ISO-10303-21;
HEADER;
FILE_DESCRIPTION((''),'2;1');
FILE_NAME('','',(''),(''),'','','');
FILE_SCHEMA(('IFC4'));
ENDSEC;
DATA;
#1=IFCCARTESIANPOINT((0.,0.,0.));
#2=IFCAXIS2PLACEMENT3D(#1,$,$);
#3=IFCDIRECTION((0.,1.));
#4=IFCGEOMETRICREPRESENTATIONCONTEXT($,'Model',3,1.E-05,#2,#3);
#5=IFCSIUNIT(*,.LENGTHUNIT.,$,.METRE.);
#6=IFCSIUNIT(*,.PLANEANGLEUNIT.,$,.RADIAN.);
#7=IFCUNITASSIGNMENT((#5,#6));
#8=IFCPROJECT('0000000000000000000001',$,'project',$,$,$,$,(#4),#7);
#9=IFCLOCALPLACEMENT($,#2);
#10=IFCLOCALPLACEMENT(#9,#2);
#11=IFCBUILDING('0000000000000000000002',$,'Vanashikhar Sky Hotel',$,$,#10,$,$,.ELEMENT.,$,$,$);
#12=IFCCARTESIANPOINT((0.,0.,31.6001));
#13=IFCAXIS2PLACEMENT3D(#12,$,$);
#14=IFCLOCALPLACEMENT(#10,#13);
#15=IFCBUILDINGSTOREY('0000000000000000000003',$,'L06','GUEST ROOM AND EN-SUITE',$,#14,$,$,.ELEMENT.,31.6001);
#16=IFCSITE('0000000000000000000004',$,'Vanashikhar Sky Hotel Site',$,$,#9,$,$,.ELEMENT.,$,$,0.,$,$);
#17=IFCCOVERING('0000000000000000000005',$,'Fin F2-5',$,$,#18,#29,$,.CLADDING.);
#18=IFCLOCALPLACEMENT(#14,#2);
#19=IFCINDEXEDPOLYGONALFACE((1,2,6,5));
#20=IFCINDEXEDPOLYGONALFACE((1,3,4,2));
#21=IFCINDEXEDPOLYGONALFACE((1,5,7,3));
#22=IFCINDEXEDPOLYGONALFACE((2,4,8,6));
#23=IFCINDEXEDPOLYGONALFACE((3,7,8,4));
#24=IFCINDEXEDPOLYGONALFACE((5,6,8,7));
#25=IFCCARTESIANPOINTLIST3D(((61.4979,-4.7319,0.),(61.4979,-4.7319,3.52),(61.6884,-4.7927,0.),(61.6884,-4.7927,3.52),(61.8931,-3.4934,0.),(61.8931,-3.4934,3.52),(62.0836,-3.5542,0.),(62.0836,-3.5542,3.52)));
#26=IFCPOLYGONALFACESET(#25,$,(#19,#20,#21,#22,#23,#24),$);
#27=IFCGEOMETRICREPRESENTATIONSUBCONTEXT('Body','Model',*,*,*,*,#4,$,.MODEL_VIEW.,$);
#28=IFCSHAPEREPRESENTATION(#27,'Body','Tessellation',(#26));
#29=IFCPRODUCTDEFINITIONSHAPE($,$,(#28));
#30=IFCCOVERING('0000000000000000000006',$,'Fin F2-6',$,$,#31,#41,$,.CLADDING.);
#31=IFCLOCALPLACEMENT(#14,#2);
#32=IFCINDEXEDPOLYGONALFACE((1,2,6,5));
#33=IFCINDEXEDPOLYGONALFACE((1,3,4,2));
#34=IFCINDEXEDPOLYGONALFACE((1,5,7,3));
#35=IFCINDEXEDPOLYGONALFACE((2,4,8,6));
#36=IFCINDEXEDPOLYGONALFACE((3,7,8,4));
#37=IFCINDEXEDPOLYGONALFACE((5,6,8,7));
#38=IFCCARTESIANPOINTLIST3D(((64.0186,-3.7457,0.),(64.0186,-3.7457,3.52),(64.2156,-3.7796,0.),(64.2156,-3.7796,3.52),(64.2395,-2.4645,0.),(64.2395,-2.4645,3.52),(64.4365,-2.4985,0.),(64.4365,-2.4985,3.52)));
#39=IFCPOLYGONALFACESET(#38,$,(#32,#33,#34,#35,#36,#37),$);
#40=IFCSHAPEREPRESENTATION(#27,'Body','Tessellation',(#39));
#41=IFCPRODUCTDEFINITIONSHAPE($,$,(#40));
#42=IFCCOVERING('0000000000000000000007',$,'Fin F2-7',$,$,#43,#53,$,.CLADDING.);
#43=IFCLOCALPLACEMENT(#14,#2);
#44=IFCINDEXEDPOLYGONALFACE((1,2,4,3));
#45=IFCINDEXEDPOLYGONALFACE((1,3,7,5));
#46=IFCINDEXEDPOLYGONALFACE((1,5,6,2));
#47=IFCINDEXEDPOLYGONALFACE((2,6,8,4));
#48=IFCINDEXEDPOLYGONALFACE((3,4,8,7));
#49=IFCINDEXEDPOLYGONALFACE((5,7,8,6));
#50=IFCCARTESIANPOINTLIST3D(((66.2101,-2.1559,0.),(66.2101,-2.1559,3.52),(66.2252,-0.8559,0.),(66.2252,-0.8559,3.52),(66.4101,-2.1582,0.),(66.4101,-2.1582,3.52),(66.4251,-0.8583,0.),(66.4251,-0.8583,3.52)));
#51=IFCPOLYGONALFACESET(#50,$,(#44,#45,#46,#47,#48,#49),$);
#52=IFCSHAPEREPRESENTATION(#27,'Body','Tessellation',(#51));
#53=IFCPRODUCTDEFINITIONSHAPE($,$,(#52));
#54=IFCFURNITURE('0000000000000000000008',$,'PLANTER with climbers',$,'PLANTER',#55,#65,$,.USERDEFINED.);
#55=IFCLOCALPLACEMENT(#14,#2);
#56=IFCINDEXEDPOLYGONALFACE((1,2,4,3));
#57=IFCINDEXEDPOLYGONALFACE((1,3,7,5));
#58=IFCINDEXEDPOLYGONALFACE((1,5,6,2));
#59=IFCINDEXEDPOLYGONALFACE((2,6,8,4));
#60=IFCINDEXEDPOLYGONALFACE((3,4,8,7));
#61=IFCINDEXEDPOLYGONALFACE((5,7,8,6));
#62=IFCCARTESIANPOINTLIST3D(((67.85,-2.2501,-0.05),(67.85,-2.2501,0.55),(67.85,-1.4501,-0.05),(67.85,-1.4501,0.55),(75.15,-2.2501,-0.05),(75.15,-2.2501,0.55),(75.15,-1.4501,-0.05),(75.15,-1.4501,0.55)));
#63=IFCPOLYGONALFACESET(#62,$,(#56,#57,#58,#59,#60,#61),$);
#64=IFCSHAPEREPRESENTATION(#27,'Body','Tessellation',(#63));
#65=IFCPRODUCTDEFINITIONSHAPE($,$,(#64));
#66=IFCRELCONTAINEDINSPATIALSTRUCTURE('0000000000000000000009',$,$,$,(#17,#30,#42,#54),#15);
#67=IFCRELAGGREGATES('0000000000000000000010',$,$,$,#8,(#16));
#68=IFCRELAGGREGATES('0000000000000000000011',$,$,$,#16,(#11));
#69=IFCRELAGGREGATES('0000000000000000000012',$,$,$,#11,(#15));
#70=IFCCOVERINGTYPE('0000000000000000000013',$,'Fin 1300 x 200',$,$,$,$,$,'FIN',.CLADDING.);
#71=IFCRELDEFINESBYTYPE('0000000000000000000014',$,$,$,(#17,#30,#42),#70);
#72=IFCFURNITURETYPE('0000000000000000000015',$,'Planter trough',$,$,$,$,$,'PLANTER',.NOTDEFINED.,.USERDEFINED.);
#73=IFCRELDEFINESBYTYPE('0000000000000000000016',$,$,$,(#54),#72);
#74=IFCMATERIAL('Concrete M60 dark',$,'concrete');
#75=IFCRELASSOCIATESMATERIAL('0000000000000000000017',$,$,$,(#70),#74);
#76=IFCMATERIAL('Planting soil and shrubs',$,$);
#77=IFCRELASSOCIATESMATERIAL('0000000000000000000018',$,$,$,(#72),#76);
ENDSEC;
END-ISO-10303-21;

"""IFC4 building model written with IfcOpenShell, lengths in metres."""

from ifc_helpers import new_model, si_unit, direction, frame, origin, origin_2d, place, context, subcontext, project, spatial, rectangle, extrude, source, transform, mapped, material, material_profile, profile_set, type_object, element, save


model = new_model("IFC4")

# Units and contexts
model_context = context("Model", 3, precision=1e-05, world=origin(), true_north=direction((0.0, 1.0)))
body_context = subcontext(model_context, "Body", "Model", "MODEL_VIEW")
ifc_project = project(units=[si_unit("LENGTHUNIT", "METRE"), si_unit("PLANEANGLEUNIT", "RADIAN")], contexts=[model_context])

# Site, building, storey
site_placement = place(None, origin())
site = spatial("IfcSite", under=ifc_project, at=site_placement, Name="Vanashikhar Sky Hotel Site", CompositionType="ELEMENT", RefElevation=0.0)
building_placement = place(site_placement, origin())
building = spatial("IfcBuilding", under=site, at=building_placement, Name="Vanashikhar Sky Hotel", CompositionType="ELEMENT")
storey_placement = place(building_placement, frame((0.0, 0.0, 31.6001)))
storey = spatial("IfcBuildingStorey", under=building, at=storey_placement, Name="L06", Description="GUEST ROOM AND EN-SUITE", CompositionType="ELEMENT", Elevation=31.6001)

# Coverings
ifc_material_1 = material(Name="Concrete M60 dark", Category="concrete")
ifc_material_profile = material_profile(ifc_material_1, rectangle(XDim=1.3, YDim=0.2, at=origin_2d()))
ifc_profile_set = profile_set([ifc_material_profile], Name="Fin 1300 x 200")
covering_type_1 = type_object("IfcCoveringType", Name="Fin 1300 x 200", ElementType="FIN", PredefinedType="CLADDING", material=ifc_profile_set)
shared_shape_1 = source(origin(), body_context, "Body", "SweptSolid", [
    extrude(rectangle(XDim=1.3, YDim=0.2, at=origin_2d()), origin(), (0.0, 0.0, 1.0), 3.52),
])
for number, where, z_axis, x_axis, name in (
    (1, (61.7908, -4.1431, 0.0), (0.0, 0.0, 1.0), (-0.303967, -0.952683, 0.0), "Fin F2-5"),
    (2, (64.2275, -3.1221, 0.0), (0.0, 0.0, 1.0), (-0.1699, -0.985461, 0.0), "Fin F2-6"),
    (3, (66.3176, -1.5071, 0.0), (0.0, 0.0, 1.0), (-0.011589, -0.999933, 0.0), "Fin F2-7"),
):
    element("IfcCovering", number, at=place(storey_placement, frame(where, z_axis=z_axis, x_axis=x_axis)), inside=storey, type_object=covering_type_1, Name=name, PredefinedType="CLADDING", context=body_context, shape_type="MappedRepresentation", body=[
        mapped(shared_shape_1, transform((0.0, 0.0, 0.0), scale=1.0)),
    ])

# Furniture
ifc_material_2 = material(Name="Planting soil and shrubs")
furniture_type = type_object("IfcFurnitureType", Name="Planter trough", ElementType="PLANTER", AssemblyPlace="NOTDEFINED", PredefinedType="USERDEFINED", material=ifc_material_2)
shared_shape_2 = source(origin(), body_context, "Body", "SweptSolid", [
    extrude(rectangle(XDim=7.3, YDim=0.8, at=origin_2d()), origin(), (0.0, 0.0, 1.0), 0.6001),
])
furniture_placement = place(storey_placement, frame((71.5, -1.8501, -0.05), z_axis=(0.0, 0.0, 1.0), x_axis=(1.0, 0.0, 0.0)))
element("IfcFurniture", 4, at=furniture_placement, inside=storey, type_object=furniture_type, Name="PLANTER with climbers", ObjectType="PLANTER", PredefinedType="USERDEFINED", context=body_context, shape_type="MappedRepresentation", body=[
    mapped(shared_shape_2, transform((0.0, 0.0, 0.0), scale=1.0)),
])

save(model, "model.ifc")
